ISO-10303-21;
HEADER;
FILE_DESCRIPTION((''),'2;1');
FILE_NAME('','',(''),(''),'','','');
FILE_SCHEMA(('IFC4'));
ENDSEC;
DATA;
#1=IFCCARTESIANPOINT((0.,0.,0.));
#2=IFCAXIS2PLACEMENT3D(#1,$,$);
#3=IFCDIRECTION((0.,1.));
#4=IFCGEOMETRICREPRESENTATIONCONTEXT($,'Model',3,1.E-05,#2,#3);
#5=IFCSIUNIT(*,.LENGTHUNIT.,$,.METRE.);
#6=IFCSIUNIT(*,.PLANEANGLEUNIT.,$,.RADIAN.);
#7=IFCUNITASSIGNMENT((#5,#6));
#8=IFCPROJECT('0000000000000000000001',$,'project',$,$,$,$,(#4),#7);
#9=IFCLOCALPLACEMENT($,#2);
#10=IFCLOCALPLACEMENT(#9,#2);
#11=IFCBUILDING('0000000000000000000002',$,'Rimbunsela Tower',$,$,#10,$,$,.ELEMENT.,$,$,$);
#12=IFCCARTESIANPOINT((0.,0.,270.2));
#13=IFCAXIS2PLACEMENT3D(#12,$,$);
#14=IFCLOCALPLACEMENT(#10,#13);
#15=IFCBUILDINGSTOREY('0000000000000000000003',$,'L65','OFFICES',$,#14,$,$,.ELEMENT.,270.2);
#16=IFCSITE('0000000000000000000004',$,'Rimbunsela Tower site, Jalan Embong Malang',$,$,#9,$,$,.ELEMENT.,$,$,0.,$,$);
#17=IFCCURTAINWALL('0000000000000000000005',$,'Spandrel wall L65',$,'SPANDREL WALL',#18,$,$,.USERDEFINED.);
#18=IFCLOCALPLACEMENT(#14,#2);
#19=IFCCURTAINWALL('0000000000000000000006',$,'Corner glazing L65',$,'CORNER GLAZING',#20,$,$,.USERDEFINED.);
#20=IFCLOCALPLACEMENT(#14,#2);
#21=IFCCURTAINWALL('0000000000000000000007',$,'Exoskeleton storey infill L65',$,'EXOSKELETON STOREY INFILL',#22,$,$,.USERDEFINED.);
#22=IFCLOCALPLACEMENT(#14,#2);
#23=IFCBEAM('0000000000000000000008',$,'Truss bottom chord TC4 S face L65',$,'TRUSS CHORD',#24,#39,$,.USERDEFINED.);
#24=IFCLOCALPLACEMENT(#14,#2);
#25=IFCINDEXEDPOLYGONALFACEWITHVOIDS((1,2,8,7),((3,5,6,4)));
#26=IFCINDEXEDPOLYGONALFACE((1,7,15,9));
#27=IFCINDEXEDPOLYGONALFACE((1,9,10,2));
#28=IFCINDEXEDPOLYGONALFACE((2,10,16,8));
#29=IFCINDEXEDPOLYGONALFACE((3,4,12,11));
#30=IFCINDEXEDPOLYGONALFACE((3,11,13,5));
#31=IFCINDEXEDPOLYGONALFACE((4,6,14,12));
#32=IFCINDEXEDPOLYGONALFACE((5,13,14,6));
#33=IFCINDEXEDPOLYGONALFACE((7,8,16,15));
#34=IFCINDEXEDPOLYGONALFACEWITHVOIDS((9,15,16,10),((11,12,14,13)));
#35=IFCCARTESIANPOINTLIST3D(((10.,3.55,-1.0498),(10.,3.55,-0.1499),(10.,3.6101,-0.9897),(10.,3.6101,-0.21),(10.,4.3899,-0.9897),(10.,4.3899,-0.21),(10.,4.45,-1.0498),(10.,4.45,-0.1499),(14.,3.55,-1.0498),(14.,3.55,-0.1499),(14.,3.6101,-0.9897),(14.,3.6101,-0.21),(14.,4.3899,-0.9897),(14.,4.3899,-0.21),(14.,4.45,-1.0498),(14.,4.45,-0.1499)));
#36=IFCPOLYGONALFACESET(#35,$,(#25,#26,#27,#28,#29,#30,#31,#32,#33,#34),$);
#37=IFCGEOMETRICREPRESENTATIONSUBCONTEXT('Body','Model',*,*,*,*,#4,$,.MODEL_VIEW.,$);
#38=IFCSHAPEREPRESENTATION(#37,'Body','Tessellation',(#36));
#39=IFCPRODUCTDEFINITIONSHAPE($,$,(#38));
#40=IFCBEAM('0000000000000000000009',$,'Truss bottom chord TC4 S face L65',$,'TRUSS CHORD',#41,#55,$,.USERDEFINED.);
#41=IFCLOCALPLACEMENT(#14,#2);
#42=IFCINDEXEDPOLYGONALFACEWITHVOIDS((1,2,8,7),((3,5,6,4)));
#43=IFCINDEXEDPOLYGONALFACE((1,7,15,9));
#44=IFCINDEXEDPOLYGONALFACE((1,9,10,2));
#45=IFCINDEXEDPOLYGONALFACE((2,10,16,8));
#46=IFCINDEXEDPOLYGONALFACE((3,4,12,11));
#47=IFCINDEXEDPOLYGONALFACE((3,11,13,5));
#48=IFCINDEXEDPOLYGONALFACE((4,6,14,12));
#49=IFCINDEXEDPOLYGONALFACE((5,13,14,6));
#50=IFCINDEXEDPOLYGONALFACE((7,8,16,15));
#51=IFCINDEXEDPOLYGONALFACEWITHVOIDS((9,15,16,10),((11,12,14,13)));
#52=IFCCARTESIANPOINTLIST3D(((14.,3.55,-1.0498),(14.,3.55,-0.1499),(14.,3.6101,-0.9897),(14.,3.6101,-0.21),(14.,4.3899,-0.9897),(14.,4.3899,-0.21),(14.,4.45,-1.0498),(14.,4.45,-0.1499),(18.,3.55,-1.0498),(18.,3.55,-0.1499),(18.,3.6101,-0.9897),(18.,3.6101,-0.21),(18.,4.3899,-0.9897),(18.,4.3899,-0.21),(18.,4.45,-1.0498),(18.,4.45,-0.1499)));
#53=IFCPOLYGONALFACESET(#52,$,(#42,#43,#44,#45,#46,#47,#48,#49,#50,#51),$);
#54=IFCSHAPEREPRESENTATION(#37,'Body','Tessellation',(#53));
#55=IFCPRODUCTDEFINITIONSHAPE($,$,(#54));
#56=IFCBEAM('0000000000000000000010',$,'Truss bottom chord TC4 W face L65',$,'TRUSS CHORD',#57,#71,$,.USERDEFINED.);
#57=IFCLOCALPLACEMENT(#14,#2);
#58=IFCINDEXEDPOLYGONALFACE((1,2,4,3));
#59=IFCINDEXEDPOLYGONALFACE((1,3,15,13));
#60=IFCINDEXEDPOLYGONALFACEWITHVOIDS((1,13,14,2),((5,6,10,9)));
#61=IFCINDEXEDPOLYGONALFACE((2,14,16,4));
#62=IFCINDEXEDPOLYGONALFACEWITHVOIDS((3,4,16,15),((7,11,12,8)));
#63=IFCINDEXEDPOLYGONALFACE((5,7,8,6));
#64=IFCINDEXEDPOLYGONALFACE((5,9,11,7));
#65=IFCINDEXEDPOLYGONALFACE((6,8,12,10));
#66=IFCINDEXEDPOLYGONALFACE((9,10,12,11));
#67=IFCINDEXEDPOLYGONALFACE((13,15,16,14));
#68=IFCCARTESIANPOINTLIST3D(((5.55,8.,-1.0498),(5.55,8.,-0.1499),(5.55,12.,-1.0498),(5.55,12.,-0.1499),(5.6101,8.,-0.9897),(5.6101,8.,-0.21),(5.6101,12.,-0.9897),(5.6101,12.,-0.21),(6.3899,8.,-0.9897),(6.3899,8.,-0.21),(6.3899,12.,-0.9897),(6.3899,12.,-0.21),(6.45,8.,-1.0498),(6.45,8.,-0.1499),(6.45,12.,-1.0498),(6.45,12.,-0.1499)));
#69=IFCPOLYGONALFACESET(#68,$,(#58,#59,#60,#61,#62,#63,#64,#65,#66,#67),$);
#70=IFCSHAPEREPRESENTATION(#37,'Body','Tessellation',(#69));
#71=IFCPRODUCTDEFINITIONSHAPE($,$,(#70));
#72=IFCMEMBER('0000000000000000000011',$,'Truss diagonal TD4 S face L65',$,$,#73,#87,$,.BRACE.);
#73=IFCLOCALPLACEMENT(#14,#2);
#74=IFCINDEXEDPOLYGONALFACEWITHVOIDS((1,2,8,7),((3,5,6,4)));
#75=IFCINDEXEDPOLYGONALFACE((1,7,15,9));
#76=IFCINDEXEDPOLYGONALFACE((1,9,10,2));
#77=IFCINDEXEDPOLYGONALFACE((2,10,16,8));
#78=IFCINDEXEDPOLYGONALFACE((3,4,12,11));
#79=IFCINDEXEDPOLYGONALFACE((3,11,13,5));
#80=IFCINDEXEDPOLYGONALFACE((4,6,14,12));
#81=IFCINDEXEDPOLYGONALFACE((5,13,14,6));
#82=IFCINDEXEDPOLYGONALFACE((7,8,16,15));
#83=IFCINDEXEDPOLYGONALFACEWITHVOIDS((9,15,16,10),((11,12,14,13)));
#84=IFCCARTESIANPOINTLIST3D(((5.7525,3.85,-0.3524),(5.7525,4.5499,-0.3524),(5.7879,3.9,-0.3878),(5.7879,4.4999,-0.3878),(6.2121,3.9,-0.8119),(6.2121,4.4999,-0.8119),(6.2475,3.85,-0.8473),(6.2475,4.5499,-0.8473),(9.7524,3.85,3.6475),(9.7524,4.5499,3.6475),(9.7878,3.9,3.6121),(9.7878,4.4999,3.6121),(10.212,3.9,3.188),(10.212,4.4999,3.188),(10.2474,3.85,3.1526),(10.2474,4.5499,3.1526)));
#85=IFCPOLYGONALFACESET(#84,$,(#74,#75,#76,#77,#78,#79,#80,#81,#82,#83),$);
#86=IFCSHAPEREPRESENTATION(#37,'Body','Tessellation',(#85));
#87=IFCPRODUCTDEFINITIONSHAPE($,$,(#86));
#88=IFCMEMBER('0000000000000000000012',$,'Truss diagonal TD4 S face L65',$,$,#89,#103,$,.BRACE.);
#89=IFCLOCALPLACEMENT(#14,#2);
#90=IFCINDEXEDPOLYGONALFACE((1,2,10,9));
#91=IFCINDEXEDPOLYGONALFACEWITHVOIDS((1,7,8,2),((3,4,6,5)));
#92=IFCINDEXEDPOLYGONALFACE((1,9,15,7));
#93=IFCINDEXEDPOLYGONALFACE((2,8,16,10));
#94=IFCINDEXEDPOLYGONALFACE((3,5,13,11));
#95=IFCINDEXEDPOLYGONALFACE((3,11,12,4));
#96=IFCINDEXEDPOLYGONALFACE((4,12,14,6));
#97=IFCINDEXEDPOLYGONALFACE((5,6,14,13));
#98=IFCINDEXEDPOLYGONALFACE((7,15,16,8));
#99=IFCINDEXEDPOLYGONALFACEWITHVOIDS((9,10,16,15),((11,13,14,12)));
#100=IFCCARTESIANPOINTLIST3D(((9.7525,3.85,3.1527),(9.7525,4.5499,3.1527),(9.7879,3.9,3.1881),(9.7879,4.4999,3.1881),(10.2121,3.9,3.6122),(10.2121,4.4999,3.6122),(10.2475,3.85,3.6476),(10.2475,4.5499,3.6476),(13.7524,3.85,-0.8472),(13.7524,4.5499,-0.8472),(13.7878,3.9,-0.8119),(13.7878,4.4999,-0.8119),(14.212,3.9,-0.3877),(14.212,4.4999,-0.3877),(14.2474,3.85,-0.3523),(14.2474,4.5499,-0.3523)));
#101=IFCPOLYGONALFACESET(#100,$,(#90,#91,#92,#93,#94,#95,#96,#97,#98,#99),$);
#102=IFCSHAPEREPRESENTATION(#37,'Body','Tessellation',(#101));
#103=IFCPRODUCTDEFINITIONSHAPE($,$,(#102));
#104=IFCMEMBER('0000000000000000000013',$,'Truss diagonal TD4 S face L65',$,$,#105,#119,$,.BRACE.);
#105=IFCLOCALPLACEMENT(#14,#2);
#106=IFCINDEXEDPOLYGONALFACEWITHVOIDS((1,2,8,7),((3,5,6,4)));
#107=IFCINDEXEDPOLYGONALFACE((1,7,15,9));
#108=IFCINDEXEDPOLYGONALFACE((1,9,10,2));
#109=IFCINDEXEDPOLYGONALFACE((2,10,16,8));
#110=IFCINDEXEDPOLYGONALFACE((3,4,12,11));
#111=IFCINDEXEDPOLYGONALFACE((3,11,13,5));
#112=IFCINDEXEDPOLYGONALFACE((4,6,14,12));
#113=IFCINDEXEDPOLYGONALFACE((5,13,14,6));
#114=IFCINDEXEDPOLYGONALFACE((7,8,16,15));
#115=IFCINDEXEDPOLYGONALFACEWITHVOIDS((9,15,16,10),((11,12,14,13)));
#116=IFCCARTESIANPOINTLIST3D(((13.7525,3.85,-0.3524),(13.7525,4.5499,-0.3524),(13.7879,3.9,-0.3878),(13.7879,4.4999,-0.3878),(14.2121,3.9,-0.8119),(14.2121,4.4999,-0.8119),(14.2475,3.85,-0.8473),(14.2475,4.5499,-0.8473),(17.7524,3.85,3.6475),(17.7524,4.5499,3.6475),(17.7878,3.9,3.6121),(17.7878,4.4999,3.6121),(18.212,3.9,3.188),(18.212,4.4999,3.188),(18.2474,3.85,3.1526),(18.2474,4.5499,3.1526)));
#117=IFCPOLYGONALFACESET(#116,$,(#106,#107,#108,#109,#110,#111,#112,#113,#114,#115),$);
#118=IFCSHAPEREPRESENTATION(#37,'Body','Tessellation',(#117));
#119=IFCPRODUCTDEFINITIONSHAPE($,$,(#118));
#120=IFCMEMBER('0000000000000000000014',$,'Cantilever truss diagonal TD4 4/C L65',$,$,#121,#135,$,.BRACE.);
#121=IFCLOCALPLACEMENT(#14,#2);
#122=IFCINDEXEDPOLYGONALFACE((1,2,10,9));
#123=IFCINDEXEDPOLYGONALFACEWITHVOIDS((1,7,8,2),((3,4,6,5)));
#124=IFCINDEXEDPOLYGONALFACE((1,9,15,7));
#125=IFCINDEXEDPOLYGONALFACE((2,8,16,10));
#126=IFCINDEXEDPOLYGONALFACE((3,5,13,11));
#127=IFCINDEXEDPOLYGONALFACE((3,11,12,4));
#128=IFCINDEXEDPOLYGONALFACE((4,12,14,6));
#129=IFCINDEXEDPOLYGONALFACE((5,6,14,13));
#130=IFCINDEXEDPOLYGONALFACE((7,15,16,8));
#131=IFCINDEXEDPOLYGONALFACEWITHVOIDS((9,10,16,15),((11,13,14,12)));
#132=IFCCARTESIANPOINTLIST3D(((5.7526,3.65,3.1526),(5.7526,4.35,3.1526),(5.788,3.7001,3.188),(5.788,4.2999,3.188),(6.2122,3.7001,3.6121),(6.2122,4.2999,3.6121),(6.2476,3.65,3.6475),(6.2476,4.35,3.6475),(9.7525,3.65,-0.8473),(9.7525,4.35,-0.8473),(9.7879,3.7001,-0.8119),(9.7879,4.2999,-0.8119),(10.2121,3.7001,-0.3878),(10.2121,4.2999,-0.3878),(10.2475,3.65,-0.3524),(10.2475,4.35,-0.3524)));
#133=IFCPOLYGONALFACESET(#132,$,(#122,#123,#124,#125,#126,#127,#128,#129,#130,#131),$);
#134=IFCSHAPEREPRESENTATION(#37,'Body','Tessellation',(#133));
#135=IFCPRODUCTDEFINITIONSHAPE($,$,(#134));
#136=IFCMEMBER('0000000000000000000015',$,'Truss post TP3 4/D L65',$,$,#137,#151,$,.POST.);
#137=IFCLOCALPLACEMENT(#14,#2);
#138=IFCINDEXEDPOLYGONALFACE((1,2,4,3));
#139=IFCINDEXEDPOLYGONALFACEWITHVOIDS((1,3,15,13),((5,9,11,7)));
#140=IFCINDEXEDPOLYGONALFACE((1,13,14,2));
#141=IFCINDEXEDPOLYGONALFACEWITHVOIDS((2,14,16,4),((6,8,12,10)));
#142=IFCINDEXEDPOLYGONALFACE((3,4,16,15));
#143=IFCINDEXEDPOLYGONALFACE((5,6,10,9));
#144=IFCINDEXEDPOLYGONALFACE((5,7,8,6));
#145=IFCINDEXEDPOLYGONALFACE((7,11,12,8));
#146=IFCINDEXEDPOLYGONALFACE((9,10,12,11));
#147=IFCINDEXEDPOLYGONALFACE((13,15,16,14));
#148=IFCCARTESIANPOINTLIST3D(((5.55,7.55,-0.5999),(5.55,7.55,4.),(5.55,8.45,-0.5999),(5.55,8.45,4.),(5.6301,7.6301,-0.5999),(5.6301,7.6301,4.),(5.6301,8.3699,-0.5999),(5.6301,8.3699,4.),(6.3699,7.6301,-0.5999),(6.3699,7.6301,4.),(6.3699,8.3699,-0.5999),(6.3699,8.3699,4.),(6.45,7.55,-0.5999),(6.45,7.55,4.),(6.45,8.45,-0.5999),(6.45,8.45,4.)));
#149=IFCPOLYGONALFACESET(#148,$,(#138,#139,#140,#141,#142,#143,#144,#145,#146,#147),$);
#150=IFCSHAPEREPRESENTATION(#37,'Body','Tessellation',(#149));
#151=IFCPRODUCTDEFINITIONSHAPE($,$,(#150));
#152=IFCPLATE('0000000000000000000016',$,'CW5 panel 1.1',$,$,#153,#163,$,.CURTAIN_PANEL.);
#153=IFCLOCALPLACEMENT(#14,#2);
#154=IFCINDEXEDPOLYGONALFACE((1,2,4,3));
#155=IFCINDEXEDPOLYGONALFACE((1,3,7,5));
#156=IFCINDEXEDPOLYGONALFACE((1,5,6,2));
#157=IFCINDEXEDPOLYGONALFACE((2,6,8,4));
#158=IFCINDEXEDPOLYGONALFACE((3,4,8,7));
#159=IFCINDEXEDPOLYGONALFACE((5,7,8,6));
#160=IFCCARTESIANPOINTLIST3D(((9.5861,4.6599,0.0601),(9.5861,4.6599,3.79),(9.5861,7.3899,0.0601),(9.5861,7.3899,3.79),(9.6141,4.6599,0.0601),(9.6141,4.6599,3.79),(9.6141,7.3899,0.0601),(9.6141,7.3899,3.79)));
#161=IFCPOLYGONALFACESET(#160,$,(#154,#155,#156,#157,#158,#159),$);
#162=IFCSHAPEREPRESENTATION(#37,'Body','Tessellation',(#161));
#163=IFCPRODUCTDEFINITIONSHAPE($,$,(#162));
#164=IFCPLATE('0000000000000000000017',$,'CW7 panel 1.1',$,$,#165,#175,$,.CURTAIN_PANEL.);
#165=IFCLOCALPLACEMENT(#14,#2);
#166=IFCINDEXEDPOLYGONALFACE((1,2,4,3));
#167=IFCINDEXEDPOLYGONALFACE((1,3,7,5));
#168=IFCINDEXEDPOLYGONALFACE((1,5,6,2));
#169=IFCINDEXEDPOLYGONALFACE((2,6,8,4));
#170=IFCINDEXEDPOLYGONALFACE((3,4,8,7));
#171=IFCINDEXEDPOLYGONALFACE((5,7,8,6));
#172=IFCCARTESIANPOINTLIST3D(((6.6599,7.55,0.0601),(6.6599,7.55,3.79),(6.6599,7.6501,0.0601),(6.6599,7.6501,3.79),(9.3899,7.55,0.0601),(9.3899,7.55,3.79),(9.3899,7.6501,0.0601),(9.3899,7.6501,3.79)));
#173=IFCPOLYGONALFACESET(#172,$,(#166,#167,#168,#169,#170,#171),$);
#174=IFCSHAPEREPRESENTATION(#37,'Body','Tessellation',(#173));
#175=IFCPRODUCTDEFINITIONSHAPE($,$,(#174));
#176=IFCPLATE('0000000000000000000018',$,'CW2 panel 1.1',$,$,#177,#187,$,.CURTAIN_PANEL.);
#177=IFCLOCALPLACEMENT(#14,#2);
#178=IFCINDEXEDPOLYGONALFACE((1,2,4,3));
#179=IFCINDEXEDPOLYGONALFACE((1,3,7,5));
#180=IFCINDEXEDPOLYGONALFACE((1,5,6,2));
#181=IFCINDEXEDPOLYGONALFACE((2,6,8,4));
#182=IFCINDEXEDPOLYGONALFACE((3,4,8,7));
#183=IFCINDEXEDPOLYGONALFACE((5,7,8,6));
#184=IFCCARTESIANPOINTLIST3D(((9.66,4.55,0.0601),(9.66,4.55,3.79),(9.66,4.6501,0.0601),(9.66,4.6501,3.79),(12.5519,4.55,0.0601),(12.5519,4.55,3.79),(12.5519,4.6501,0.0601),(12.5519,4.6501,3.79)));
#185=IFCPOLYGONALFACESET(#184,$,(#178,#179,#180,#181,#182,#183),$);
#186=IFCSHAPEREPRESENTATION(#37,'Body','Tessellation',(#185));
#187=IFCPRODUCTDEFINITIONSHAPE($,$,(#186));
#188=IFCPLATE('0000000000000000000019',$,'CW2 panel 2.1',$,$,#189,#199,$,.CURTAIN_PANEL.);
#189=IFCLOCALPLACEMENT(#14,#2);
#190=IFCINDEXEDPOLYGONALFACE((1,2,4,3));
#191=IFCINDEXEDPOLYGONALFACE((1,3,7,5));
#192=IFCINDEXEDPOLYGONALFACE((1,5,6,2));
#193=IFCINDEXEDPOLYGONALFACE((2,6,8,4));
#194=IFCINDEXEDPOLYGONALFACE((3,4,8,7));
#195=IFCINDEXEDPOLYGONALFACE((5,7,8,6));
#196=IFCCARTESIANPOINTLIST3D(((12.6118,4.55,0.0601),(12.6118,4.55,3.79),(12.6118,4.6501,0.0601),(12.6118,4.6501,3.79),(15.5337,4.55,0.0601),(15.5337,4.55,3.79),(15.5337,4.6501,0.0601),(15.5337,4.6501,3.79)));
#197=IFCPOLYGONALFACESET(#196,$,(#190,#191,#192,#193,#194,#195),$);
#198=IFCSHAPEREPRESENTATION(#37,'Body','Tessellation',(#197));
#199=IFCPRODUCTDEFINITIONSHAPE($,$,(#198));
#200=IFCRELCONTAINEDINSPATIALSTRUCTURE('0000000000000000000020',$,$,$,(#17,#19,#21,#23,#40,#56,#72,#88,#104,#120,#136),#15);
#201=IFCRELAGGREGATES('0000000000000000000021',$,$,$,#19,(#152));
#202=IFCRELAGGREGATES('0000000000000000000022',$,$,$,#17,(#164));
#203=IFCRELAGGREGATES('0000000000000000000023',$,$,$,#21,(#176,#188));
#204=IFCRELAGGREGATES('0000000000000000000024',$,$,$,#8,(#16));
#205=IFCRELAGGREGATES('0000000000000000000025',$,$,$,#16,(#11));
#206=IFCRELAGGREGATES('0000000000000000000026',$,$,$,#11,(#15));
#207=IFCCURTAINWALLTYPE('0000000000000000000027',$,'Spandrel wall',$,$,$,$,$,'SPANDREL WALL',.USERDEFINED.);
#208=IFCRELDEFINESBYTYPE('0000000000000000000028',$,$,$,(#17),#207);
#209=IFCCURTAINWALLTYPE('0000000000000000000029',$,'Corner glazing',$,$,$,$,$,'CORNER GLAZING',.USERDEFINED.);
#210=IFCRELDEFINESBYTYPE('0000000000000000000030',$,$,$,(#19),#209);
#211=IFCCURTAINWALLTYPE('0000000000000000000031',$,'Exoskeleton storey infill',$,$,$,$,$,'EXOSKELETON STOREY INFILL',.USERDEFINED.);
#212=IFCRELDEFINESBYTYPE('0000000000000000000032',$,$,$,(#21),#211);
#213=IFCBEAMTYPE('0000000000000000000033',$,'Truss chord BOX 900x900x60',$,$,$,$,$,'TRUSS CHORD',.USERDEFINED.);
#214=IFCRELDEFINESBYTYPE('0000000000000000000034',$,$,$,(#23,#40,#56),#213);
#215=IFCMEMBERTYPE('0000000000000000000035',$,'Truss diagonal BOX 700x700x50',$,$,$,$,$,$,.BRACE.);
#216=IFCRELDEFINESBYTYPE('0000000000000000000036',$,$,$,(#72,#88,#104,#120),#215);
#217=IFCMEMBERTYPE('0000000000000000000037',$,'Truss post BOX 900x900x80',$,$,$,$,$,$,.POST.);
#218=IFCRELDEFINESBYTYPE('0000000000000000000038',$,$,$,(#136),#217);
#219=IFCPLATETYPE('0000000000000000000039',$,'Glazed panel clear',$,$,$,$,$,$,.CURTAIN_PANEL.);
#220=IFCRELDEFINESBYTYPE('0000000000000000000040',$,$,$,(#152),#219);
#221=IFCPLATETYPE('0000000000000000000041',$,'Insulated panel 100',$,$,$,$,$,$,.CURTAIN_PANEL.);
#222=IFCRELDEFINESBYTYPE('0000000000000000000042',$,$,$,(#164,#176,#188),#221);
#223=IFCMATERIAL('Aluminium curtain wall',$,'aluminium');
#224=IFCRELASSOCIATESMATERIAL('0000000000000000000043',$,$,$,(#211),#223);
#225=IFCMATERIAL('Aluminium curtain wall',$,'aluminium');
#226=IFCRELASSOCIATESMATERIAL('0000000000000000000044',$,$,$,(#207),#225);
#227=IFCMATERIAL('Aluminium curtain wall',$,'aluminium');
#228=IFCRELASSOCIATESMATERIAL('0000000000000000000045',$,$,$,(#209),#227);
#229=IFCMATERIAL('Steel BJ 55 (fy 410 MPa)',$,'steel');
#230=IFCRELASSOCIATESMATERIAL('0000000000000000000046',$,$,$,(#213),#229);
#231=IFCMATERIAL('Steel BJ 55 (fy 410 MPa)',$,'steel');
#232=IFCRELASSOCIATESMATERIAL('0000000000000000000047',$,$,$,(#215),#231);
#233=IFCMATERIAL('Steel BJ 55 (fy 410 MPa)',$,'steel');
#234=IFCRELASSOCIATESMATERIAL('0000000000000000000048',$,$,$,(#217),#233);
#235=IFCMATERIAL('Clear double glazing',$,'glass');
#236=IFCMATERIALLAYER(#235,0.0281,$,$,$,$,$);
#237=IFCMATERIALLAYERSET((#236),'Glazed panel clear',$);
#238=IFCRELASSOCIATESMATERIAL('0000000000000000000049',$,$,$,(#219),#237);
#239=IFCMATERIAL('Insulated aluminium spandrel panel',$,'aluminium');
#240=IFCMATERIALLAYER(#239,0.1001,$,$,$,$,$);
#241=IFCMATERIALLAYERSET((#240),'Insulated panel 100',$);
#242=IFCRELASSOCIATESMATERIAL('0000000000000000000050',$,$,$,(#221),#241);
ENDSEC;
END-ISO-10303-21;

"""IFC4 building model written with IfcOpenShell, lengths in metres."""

from ifc_helpers import new_model, si_unit, direction, frame, origin, origin_2d, place, context, subcontext, project, spatial, rectangle, hollow_rectangle, extrude, material, layer, layer_set, material_profile, profile_set, type_object, element, aggregate, save


model = new_model("IFC4")

# Units and contexts
model_context = context("Model", 3, precision=1e-05, world=origin(), true_north=direction((0.0, 1.0)))
body_context = subcontext(model_context, "Body", "Model", "MODEL_VIEW")
ifc_project = project(units=[si_unit("LENGTHUNIT", "METRE"), si_unit("PLANEANGLEUNIT", "RADIAN")], contexts=[model_context])

# Site, building, storey
site_placement = place(None, origin())
site = spatial("IfcSite", under=ifc_project, at=site_placement, Name="Rimbunsela Tower site, Jalan Embong Malang", CompositionType="ELEMENT", RefElevation=0.0)
building_placement = place(site_placement, origin())
building = spatial("IfcBuilding", under=site, at=building_placement, Name="Rimbunsela Tower", CompositionType="ELEMENT")
storey_placement = place(building_placement, frame((0.0, 0.0, 270.2)))
storey = spatial("IfcBuildingStorey", under=building, at=storey_placement, Name="L65", Description="OFFICES", CompositionType="ELEMENT", Elevation=270.2)

# Shared definitions
ifc_material_1 = material(Name="Aluminium curtain wall", Category="aluminium")
curtain_wall_type_1 = type_object("IfcCurtainWallType", Name="Exoskeleton storey infill", ElementType="EXOSKELETON STOREY INFILL", PredefinedType="USERDEFINED", material=ifc_material_1)

# Curtain walls
ifc_material_2 = material(Name="Aluminium curtain wall", Category="aluminium")
curtain_wall_type_2 = type_object("IfcCurtainWallType", Name="Spandrel wall", ElementType="SPANDREL WALL", PredefinedType="USERDEFINED", material=ifc_material_2)
curtain_wall_1_placement = place(storey_placement, origin())
curtain_wall_1 = element("IfcCurtainWall", 1, at=curtain_wall_1_placement, inside=storey, type_object=curtain_wall_type_2, Name="Spandrel wall L65", ObjectType="SPANDREL WALL", PredefinedType="USERDEFINED")
ifc_material_3 = material(Name="Aluminium curtain wall", Category="aluminium")
curtain_wall_type_3 = type_object("IfcCurtainWallType", Name="Corner glazing", ElementType="CORNER GLAZING", PredefinedType="USERDEFINED", material=ifc_material_3)
curtain_wall_2_placement = place(storey_placement, origin())
curtain_wall_2 = element("IfcCurtainWall", 2, at=curtain_wall_2_placement, inside=storey, type_object=curtain_wall_type_3, Name="Corner glazing L65", ObjectType="CORNER GLAZING", PredefinedType="USERDEFINED")
curtain_wall_3_placement = place(storey_placement, origin())
curtain_wall_3 = element("IfcCurtainWall", 3, at=curtain_wall_3_placement, inside=storey, type_object=curtain_wall_type_1, Name="Exoskeleton storey infill L65", ObjectType="EXOSKELETON STOREY INFILL", PredefinedType="USERDEFINED")

# Beams
ifc_material_4 = material(Name="Steel BJ 55 (fy 410 MPa)", Category="steel")
ifc_material_profile_1 = material_profile(ifc_material_4, hollow_rectangle(XDim=0.8999, YDim=0.8999, WallThickness=0.0601, at=origin_2d()), Name="BOX 900x900x60")
ifc_profile_set_1 = profile_set([ifc_material_profile_1], Name="Steel BJ 55 (fy 410 MPa)")
beam_type_1 = type_object("IfcBeamType", Name="Truss chord BOX 900x900x60", ElementType="TRUSS CHORD", PredefinedType="USERDEFINED", material=ifc_profile_set_1)
for number, where, z_axis, x_axis, name in (
    (4, (10.0, 4.0, -0.5999), (1.0, 0.0, 0.0), (0.0, 1.0, 0.0), "Truss bottom chord TC4 S face L65"),
    (5, (14.0, 4.0, -0.5999), (1.0, 0.0, 0.0), (0.0, 1.0, 0.0), "Truss bottom chord TC4 S face L65"),
    (6, (6.0, 8.0, -0.5999), (0.0, 1.0, 0.0), (-1.0, 0.0, 0.0), "Truss bottom chord TC4 W face L65"),
):
    element("IfcBeam", number, at=place(storey_placement, frame(where, z_axis=z_axis, x_axis=x_axis)), inside=storey, type_object=beam_type_1, Name=name, ObjectType="TRUSS CHORD", PredefinedType="USERDEFINED", context=body_context, shape_type="SweptSolid", body=[
        extrude(hollow_rectangle(XDim=0.8999, YDim=0.8999, WallThickness=0.0601, at=origin_2d()), origin(), (0.0, 0.0, 1.0), 4.0),
    ])

# Members
ifc_material_5 = material(Name="Steel BJ 55 (fy 410 MPa)", Category="steel")
ifc_material_profile_2 = material_profile(ifc_material_5, hollow_rectangle(XDim=0.7, YDim=0.7, WallThickness=0.05, at=origin_2d()), Name="BOX 700x700x50")
ifc_profile_set_2 = profile_set([ifc_material_profile_2], Name="Steel BJ 55 (fy 410 MPa)")
member_type_1 = type_object("IfcMemberType", Name="Truss diagonal BOX 700x700x50", PredefinedType="BRACE", material=ifc_profile_set_2)
for number, where, z_axis, x_axis, name in (
    (7, (6.0, 4.2, -0.5999), (0.707107, 0.0, 0.707107), (0.0, 1.0, 0.0), "Truss diagonal TD4 S face L65"),
    (8, (10.0, 4.2, 3.4001), (0.707107, 0.0, -0.707107), (0.0, 1.0, 0.0), "Truss diagonal TD4 S face L65"),
    (9, (14.0, 4.2, -0.5999), (0.707107, 0.0, 0.707107), (0.0, 1.0, 0.0), "Truss diagonal TD4 S face L65"),
    (10, (10.0, 4.0, -0.5999), (-0.707107, 0.0, 0.707107), (0.0, -1.0, 0.0), "Cantilever truss diagonal TD4 4/C L65"),
):
    element("IfcMember", number, at=place(storey_placement, frame(where, z_axis=z_axis, x_axis=x_axis)), inside=storey, type_object=member_type_1, Name=name, PredefinedType="BRACE", context=body_context, shape_type="SweptSolid", body=[
        extrude(hollow_rectangle(XDim=0.7, YDim=0.7, WallThickness=0.05, at=origin_2d()), origin(), (0.0, 0.0, 1.0), 5.6567),
    ])
ifc_material_6 = material(Name="Steel BJ 55 (fy 410 MPa)", Category="steel")
ifc_material_profile_3 = material_profile(ifc_material_6, hollow_rectangle(XDim=0.8999, YDim=0.8999, WallThickness=0.0801, at=origin_2d()), Name="BOX 900x900x80")
ifc_profile_set_3 = profile_set([ifc_material_profile_3], Name="Steel BJ 55 (fy 410 MPa)")
member_type_2 = type_object("IfcMemberType", Name="Truss post BOX 900x900x80", PredefinedType="POST", material=ifc_profile_set_3)
member_1_placement = place(storey_placement, frame((6.0, 8.0, -0.5999), z_axis=(0.0, 0.0, 1.0), x_axis=(1.0, 0.0, 0.0)))
element("IfcMember", 11, at=member_1_placement, inside=storey, type_object=member_type_2, Name="Truss post TP3 4/D L65", PredefinedType="POST", context=body_context, shape_type="SweptSolid", body=[
    extrude(hollow_rectangle(XDim=0.8999, YDim=0.8999, WallThickness=0.0801, at=origin_2d()), origin(), (0.0, 0.0, 1.0), 4.5999),
])

# Plates
ifc_material_7 = material(Name="Clear double glazing", Category="glass")
ifc_layer_1 = layer(ifc_material_7, 0.0281)
ifc_layer_set_1 = layer_set([ifc_layer_1], Name="Glazed panel clear")
plate_type_1 = type_object("IfcPlateType", Name="Glazed panel clear", PredefinedType="CURTAIN_PANEL", material=ifc_layer_set_1)
plate_1_placement = place(storey_placement, frame((9.6001, 6.0249, 0.0601), z_axis=(0.0, 0.0, 1.0), x_axis=(0.0, -1.0, 0.0)))
plate_1 = element("IfcPlate", 12, at=plate_1_placement, type_object=plate_type_1, Name="CW5 panel 1.1", PredefinedType="CURTAIN_PANEL", context=body_context, shape_type="SweptSolid", body=[
    extrude(rectangle(XDim=2.73, YDim=0.0281, at=origin_2d()), origin(), (0.0, 0.0, 1.0), 3.73),
])
aggregate(curtain_wall_2, [plate_1])
ifc_material_8 = material(Name="Insulated aluminium spandrel panel", Category="aluminium")
ifc_layer_2 = layer(ifc_material_8, 0.1001)
ifc_layer_set_2 = layer_set([ifc_layer_2], Name="Insulated panel 100")
plate_type_2 = type_object("IfcPlateType", Name="Insulated panel 100", PredefinedType="CURTAIN_PANEL", material=ifc_layer_set_2)
plate_2_placement = place(storey_placement, frame((8.0249, 7.6001, 0.0601), z_axis=(0.0, 0.0, 1.0), x_axis=(1.0, 0.0, 0.0)))
plate_2 = element("IfcPlate", 13, at=plate_2_placement, type_object=plate_type_2, Name="CW7 panel 1.1", PredefinedType="CURTAIN_PANEL", context=body_context, shape_type="SweptSolid", body=[
    extrude(rectangle(XDim=2.73, YDim=0.1001, at=origin_2d()), origin(), (0.0, 0.0, 1.0), 3.73),
])
aggregate(curtain_wall_1, [plate_2])
plate_3_placement = place(storey_placement, frame((11.106, 4.6001, 0.0601), z_axis=(0.0, 0.0, 1.0), x_axis=(1.0, 0.0, 0.0)))
plate_3 = element("IfcPlate", 14, at=plate_3_placement, type_object=plate_type_2, Name="CW2 panel 1.1", PredefinedType="CURTAIN_PANEL", context=body_context, shape_type="SweptSolid", body=[
    extrude(rectangle(XDim=2.8918, YDim=0.1001, at=origin_2d()), origin(), (0.0, 0.0, 1.0), 3.73),
])
plate_4_placement = place(storey_placement, frame((14.0728, 4.6001, 0.0601), z_axis=(0.0, 0.0, 1.0), x_axis=(1.0, 0.0, 0.0)))
plate_4 = element("IfcPlate", 15, at=plate_4_placement, type_object=plate_type_2, Name="CW2 panel 2.1", PredefinedType="CURTAIN_PANEL", context=body_context, shape_type="SweptSolid", body=[
    extrude(rectangle(XDim=2.9219, YDim=0.1001, at=origin_2d()), origin(), (0.0, 0.0, 1.0), 3.73),
])
aggregate(curtain_wall_3, [plate_3, plate_4])

save(model, "model.ifc")
